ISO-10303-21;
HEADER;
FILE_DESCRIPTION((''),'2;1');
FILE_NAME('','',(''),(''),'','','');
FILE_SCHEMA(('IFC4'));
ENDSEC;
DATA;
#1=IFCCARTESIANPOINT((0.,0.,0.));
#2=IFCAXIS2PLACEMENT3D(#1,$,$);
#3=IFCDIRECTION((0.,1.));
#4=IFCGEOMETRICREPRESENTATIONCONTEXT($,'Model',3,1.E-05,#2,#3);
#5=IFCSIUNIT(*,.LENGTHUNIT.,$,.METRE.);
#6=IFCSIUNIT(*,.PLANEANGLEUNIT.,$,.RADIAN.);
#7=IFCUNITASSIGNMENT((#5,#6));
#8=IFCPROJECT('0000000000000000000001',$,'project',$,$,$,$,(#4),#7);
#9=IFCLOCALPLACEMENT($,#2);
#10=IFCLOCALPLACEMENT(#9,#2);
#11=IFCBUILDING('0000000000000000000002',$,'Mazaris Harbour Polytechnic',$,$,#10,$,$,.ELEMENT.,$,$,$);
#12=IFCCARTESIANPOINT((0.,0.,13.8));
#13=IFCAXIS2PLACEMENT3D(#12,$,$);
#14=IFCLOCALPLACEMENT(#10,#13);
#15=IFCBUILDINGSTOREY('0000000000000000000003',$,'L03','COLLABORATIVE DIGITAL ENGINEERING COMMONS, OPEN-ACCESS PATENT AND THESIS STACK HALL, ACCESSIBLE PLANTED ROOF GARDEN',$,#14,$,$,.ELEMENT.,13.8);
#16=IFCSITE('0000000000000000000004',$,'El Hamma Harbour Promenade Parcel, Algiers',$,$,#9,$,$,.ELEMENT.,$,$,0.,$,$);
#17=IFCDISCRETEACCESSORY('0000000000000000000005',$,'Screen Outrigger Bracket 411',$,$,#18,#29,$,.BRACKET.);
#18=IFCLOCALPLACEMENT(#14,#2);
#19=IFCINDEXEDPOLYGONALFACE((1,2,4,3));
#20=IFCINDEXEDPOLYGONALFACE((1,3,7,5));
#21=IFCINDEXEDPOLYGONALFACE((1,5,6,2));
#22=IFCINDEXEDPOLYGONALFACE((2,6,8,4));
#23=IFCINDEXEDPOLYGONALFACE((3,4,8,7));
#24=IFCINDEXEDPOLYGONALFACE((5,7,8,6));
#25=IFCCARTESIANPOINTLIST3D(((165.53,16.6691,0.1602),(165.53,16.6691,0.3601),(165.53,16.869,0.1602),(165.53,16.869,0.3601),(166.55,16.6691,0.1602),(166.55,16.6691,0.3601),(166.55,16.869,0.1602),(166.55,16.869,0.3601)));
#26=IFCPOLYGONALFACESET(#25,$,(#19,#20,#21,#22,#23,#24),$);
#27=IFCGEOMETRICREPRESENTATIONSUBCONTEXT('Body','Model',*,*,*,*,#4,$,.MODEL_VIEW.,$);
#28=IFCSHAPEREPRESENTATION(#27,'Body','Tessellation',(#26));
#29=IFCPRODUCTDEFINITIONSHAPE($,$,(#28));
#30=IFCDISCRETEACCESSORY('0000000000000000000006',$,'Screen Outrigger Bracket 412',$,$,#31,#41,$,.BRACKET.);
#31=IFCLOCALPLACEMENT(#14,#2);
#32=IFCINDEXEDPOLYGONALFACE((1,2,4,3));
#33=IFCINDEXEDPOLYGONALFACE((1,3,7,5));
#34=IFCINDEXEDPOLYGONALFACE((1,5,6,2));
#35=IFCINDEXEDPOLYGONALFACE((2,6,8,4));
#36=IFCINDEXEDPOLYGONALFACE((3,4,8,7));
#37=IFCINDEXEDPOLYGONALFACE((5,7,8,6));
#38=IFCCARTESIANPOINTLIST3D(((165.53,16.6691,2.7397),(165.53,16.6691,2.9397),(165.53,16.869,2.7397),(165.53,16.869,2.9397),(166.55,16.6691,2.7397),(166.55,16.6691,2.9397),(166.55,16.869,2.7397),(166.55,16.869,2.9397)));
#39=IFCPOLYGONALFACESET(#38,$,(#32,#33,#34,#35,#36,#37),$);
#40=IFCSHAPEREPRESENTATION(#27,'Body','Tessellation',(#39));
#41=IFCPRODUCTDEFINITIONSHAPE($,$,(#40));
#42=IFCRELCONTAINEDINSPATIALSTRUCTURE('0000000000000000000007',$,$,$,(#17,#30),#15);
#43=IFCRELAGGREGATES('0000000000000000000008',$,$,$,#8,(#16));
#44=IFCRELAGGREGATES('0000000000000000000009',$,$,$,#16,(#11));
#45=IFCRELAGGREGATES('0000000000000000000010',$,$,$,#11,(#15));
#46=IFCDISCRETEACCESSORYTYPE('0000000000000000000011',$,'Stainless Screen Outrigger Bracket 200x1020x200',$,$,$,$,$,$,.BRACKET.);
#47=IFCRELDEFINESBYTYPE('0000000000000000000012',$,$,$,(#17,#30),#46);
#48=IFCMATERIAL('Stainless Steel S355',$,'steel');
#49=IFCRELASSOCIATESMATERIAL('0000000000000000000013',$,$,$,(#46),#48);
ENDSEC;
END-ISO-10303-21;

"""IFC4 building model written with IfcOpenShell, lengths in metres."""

from ifc_helpers import new_model, si_unit, direction, frame, origin, origin_2d, place, context, subcontext, project, spatial, rectangle, extrude, material, type_object, element, save


model = new_model("IFC4")

# Units and contexts
model_context = context("Model", 3, precision=1e-05, world=origin(), true_north=direction((0.0, 1.0)))
body_context = subcontext(model_context, "Body", "Model", "MODEL_VIEW")
ifc_project = project(units=[si_unit("LENGTHUNIT", "METRE"), si_unit("PLANEANGLEUNIT", "RADIAN")], contexts=[model_context])

# Site, building, storey
site_placement = place(None, origin())
site = spatial("IfcSite", under=ifc_project, at=site_placement, Name="El Hamma Harbour Promenade Parcel, Algiers", CompositionType="ELEMENT", RefElevation=0.0)
building_placement = place(site_placement, origin())
building = spatial("IfcBuilding", under=site, at=building_placement, Name="Mazaris Harbour Polytechnic", CompositionType="ELEMENT")
storey_placement = place(building_placement, frame((0.0, 0.0, 13.8)))
storey = spatial("IfcBuildingStorey", under=building, at=storey_placement, Name="L03", Description="COLLABORATIVE DIGITAL ENGINEERING COMMONS, OPEN-ACCESS PATENT AND THESIS STACK HALL, ACCESSIBLE PLANTED ROOF GARDEN", CompositionType="ELEMENT", Elevation=13.8)

# Discrete accessories
ifc_material_1 = material(Name="Stainless Steel S355", Category="steel")
discrete_accessory_type = type_object("IfcDiscreteAccessoryType", Name="Stainless Screen Outrigger Bracket 200x1020x200", PredefinedType="BRACKET", material=ifc_material_1)
for number, where, z_axis, x_axis, name in (
    (1, (166.04, 16.769, 0.1602), (0.0, 0.0, 1.0), (0.0, -1.0, 0.0), "Screen Outrigger Bracket 411"),
    (2, (166.04, 16.769, 2.7397), (0.0, 0.0, 1.0), (0.0, -1.0, 0.0), "Screen Outrigger Bracket 412"),
):
    element("IfcDiscreteAccessory", number, at=place(storey_placement, frame(where, z_axis=z_axis, x_axis=x_axis)), inside=storey, type_object=discrete_accessory_type, Name=name, PredefinedType="BRACKET", context=body_context, shape_type="SweptSolid", body=[
        extrude(rectangle(XDim=0.2, YDim=1.02, at=origin_2d()), origin(), (0.0, 0.0, 1.0), 0.2),
    ])

save(model, "model.ifc")
